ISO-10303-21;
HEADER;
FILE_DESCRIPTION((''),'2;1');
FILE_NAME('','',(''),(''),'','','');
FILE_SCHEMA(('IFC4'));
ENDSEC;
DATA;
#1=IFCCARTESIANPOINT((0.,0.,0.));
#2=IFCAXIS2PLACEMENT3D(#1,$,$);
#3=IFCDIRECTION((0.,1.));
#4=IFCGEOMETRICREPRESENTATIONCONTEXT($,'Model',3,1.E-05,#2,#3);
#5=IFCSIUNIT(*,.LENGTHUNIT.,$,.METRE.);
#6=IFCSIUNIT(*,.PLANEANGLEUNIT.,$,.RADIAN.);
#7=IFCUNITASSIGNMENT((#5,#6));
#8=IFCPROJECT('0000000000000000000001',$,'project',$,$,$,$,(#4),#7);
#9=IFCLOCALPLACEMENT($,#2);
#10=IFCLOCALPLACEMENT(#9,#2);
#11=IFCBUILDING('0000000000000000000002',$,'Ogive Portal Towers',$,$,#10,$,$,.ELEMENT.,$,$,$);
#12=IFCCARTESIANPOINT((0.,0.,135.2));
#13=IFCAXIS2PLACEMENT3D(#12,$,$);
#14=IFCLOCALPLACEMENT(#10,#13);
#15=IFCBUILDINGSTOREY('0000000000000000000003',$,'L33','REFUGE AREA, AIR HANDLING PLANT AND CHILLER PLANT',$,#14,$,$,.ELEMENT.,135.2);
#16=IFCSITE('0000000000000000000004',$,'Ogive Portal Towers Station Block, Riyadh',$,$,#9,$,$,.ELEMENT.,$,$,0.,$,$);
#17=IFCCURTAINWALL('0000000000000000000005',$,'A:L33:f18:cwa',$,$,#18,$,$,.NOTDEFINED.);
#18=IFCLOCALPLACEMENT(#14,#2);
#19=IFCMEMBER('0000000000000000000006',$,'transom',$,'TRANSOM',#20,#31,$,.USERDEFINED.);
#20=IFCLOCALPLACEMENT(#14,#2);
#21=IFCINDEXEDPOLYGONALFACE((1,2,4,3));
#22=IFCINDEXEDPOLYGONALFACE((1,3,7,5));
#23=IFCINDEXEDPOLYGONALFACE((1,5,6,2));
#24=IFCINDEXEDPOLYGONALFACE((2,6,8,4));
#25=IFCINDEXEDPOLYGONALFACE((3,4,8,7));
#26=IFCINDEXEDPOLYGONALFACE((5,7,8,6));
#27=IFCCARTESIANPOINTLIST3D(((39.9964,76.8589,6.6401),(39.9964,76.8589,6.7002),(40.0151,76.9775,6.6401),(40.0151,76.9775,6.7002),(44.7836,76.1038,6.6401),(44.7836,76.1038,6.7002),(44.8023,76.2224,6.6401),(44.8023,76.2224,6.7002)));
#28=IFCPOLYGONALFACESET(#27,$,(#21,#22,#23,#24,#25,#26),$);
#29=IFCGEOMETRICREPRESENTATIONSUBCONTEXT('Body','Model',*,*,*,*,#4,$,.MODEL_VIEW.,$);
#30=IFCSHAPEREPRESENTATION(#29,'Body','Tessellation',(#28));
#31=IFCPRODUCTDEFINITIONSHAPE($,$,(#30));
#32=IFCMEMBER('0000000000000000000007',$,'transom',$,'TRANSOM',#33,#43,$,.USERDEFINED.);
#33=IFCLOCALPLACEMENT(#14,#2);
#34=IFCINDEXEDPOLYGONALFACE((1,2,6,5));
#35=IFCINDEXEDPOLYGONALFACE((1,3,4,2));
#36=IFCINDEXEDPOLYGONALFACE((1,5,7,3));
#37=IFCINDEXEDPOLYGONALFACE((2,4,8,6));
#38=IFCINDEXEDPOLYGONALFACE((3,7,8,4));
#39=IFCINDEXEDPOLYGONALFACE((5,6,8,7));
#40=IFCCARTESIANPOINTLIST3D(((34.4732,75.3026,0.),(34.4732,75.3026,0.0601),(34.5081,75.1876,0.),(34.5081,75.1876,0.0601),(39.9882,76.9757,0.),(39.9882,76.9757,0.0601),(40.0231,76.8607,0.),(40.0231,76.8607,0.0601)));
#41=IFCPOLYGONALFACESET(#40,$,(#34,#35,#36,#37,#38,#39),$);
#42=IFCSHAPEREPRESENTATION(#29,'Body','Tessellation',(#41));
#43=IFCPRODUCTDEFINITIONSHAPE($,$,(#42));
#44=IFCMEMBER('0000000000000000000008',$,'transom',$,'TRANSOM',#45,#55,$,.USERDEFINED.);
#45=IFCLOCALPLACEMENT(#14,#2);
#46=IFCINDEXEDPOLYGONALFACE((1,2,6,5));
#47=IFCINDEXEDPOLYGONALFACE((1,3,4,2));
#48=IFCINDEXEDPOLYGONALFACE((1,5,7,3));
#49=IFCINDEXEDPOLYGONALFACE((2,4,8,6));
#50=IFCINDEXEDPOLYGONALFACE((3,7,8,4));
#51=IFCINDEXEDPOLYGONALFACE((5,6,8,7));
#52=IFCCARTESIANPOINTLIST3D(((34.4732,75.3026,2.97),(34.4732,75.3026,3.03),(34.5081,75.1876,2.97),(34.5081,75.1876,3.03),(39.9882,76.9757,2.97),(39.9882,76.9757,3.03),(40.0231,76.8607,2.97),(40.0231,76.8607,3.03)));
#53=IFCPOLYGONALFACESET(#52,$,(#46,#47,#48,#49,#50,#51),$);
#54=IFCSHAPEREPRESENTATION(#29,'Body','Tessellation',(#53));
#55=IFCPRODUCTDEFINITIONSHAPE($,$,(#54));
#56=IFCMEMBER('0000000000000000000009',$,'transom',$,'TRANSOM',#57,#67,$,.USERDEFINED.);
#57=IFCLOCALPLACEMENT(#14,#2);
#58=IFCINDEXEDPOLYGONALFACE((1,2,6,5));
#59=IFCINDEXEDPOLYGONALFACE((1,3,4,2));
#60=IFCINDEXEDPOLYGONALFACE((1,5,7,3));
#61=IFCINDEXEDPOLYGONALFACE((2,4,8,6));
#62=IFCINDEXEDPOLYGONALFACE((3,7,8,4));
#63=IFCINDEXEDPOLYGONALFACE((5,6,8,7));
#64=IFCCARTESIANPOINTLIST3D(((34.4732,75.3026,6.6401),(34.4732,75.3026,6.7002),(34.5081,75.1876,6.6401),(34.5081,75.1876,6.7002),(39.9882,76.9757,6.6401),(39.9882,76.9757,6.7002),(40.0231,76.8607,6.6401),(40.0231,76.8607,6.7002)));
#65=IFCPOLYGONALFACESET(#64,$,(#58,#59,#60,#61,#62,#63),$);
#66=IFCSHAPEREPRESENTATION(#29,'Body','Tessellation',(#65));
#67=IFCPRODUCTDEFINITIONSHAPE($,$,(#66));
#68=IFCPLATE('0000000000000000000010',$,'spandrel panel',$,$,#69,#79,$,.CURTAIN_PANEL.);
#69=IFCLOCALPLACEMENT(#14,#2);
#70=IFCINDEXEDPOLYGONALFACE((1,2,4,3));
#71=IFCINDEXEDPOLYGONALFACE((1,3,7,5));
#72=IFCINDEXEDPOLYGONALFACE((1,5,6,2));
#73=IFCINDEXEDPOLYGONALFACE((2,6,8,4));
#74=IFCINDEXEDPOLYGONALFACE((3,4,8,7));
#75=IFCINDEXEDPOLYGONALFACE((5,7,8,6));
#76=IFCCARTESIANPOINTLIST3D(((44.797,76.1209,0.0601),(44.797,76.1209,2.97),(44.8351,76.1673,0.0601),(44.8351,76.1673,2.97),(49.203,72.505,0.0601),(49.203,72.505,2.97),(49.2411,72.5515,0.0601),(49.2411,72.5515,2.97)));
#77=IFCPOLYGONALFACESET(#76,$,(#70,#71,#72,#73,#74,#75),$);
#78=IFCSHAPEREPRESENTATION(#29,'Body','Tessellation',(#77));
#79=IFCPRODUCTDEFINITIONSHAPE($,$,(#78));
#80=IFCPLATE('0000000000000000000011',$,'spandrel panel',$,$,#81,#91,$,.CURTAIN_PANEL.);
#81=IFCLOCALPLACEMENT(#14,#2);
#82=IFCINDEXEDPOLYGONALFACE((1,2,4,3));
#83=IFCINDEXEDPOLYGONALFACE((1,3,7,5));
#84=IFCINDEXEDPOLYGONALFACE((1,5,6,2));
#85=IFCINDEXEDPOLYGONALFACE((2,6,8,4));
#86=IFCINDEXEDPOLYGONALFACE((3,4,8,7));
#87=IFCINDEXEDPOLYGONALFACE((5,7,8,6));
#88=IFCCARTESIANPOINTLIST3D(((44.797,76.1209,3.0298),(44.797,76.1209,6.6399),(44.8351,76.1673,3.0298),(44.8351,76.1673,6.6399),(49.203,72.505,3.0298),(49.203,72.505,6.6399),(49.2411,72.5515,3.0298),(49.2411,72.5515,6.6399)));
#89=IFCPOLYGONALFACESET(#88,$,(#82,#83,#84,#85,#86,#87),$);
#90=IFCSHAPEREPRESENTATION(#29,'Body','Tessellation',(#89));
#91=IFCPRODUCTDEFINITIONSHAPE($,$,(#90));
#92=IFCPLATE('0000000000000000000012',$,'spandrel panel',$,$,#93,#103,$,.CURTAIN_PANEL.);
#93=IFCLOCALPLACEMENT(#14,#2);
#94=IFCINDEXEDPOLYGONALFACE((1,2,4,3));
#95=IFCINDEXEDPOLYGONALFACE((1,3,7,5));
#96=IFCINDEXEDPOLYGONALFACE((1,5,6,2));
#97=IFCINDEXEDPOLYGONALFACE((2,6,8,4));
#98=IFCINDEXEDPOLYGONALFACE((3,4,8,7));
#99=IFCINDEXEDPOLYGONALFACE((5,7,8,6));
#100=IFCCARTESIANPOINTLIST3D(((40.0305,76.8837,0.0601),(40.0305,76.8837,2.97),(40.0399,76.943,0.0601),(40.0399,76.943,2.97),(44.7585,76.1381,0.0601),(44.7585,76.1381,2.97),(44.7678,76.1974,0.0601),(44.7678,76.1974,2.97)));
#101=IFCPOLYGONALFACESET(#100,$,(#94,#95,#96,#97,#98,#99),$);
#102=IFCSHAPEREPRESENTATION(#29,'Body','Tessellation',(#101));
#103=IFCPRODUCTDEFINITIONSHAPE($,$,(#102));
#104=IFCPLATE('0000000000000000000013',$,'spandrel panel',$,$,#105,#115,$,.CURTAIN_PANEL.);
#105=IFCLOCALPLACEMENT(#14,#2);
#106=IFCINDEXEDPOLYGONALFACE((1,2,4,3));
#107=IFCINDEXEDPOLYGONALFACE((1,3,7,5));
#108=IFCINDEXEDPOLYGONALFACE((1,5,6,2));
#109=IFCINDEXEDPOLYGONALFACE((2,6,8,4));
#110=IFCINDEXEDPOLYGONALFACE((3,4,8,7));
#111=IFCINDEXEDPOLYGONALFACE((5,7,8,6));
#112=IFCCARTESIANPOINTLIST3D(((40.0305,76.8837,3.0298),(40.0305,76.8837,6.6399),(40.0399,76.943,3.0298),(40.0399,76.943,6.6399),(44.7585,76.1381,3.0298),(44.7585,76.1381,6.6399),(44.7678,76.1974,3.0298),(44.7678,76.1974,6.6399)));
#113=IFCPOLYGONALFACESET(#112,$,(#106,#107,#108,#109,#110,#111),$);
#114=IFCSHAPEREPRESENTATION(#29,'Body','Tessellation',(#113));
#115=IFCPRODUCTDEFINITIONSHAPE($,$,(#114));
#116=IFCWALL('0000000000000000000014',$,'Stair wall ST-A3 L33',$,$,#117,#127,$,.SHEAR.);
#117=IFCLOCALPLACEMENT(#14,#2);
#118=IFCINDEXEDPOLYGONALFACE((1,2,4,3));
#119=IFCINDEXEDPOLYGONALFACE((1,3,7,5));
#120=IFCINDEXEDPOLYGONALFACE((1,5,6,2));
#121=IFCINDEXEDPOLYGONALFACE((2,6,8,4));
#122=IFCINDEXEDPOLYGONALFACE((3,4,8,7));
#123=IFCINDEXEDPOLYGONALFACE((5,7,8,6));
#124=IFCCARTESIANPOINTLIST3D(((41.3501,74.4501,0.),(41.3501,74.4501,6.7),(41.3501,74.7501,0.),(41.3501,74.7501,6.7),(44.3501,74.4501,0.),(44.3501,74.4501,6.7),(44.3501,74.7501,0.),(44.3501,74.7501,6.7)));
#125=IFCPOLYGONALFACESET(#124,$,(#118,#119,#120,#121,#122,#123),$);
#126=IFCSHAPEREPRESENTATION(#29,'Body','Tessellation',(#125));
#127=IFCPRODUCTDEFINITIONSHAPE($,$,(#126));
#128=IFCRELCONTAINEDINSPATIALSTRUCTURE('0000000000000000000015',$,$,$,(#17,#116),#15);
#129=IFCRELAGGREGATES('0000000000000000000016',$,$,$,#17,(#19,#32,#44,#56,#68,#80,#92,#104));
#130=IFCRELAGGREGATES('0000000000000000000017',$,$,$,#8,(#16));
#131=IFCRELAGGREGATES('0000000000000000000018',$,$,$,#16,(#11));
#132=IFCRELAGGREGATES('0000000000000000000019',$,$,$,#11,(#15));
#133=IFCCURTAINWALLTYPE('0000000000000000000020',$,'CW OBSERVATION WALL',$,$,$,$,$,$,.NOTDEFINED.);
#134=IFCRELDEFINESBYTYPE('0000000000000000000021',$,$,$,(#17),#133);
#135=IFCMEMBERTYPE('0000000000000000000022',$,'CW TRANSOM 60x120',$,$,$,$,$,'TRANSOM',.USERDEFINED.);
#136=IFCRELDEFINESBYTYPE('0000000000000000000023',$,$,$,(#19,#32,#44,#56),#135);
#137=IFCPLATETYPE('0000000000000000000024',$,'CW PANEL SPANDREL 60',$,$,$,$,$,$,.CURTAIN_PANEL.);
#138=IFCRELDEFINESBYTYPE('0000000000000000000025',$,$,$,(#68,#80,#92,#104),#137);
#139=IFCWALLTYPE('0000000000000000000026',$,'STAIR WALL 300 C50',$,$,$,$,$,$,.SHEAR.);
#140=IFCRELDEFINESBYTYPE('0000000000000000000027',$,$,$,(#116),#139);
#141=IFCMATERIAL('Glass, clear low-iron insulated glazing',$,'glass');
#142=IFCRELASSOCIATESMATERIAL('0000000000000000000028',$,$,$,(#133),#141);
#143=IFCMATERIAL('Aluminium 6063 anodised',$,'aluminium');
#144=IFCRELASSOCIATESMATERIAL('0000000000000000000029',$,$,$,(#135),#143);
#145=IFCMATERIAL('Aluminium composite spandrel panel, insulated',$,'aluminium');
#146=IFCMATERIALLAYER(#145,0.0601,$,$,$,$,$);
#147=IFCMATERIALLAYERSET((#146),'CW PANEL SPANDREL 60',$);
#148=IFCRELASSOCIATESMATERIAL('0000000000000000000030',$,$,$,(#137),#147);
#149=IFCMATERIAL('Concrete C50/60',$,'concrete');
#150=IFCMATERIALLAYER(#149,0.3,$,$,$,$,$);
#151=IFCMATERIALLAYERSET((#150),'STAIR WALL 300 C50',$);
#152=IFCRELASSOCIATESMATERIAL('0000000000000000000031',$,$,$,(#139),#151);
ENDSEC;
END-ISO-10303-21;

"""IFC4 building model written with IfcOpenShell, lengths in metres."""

from ifc_helpers import new_model, si_unit, direction, frame, frame_2d, origin, origin_2d, place, context, subcontext, project, spatial, rectangle, extrude, material, layer, layer_set, material_profile, profile_set, type_object, element, aggregate, save


model = new_model("IFC4")

# Units and contexts
model_context = context("Model", 3, precision=1e-05, world=origin(), true_north=direction((0.0, 1.0)))
body_context = subcontext(model_context, "Body", "Model", "MODEL_VIEW")
ifc_project = project(units=[si_unit("LENGTHUNIT", "METRE"), si_unit("PLANEANGLEUNIT", "RADIAN")], contexts=[model_context])

# Site, building, storey
site_placement = place(None, origin())
site = spatial("IfcSite", under=ifc_project, at=site_placement, Name="Ogive Portal Towers Station Block, Riyadh", CompositionType="ELEMENT", RefElevation=0.0)
building_placement = place(site_placement, origin())
building = spatial("IfcBuilding", under=site, at=building_placement, Name="Ogive Portal Towers", CompositionType="ELEMENT")
storey_placement = place(building_placement, frame((0.0, 0.0, 135.2)))
storey = spatial("IfcBuildingStorey", under=building, at=storey_placement, Name="L33", Description="REFUGE AREA, AIR HANDLING PLANT AND CHILLER PLANT", CompositionType="ELEMENT", Elevation=135.2)

# Curtain wall, members, plates
ifc_material_1 = material(Name="Glass, clear low-iron insulated glazing", Category="glass")
curtain_wall_type = type_object("IfcCurtainWallType", Name="CW OBSERVATION WALL", PredefinedType="NOTDEFINED", material=ifc_material_1)
curtain_wall_placement = place(storey_placement, origin())
curtain_wall = element("IfcCurtainWall", 1, at=curtain_wall_placement, inside=storey, type_object=curtain_wall_type, Name="A:L33:f18:cwa", PredefinedType="NOTDEFINED")
ifc_material_2 = material(Name="Aluminium 6063 anodised", Category="aluminium")
ifc_material_profile_1 = material_profile(ifc_material_2, rectangle(XDim=0.1201, YDim=0.0601, at=origin_2d()), Name="AL 120x60")
ifc_profile_set_1 = profile_set([ifc_material_profile_1], Name="Aluminium 6063 anodised")
member_type_1 = type_object("IfcMemberType", Name="CW TRANSOM 60x120", ElementType="TRANSOM", PredefinedType="USERDEFINED", material=ifc_profile_set_1)
member_1_placement = place(storey_placement, frame((44.793, 76.1631, 6.6702), z_axis=(-0.987787, 0.155807, 0.0), x_axis=(-0.155807, -0.987787, 0.0)))
member_1 = element("IfcMember", 2, at=member_1_placement, type_object=member_type_1, Name="transom", ObjectType="TRANSOM", PredefinedType="USERDEFINED", context=body_context, shape_type="SweptSolid", body=[
    extrude(rectangle(XDim=0.1201, YDim=0.0601, at=origin_2d()), origin(), (0.0, 0.0, 1.0), 4.8464),
])
member_2_placement = place(storey_placement, frame((40.0056, 76.9182, 0.03), z_axis=(-0.956932, -0.290312, 0.0), x_axis=(0.290312, -0.956932, 0.0)))
member_2 = element("IfcMember", 3, at=member_2_placement, type_object=member_type_1, Name="transom", ObjectType="TRANSOM", PredefinedType="USERDEFINED", context=body_context, shape_type="SweptSolid", body=[
    extrude(rectangle(XDim=0.1201, YDim=0.0601, at=origin_2d()), origin(), (0.0, 0.0, 1.0), 5.7632),
])
member_3_placement = place(storey_placement, frame((40.0056, 76.9182, 3.0), z_axis=(-0.956932, -0.290312, 0.0), x_axis=(0.290312, -0.956932, 0.0)))
member_3 = element("IfcMember", 4, at=member_3_placement, type_object=member_type_1, Name="transom", ObjectType="TRANSOM", PredefinedType="USERDEFINED", context=body_context, shape_type="SweptSolid", body=[
    extrude(rectangle(XDim=0.1201, YDim=0.0601, at=origin_2d()), origin(), (0.0, 0.0, 1.0), 5.7632),
])
member_4_placement = place(storey_placement, frame((40.0056, 76.9182, 6.6702), z_axis=(-0.956932, -0.290312, 0.0), x_axis=(0.290312, -0.956932, 0.0)))
member_4 = element("IfcMember", 5, at=member_4_placement, type_object=member_type_1, Name="transom", ObjectType="TRANSOM", PredefinedType="USERDEFINED", context=body_context, shape_type="SweptSolid", body=[
    extrude(rectangle(XDim=0.1201, YDim=0.0601, at=origin_2d()), origin(), (0.0, 0.0, 1.0), 5.7632),
])
ifc_material_3 = material(Name="Aluminium composite spandrel panel, insulated", Category="aluminium")
ifc_layer_1 = layer(ifc_material_3, 0.0601)
ifc_layer_set_1 = layer_set([ifc_layer_1], Name="CW PANEL SPANDREL 60")
plate_type = type_object("IfcPlateType", Name="CW PANEL SPANDREL 60", PredefinedType="CURTAIN_PANEL", material=ifc_layer_set_1)
plate_1_placement = place(storey_placement, frame((47.019, 74.3362, 0.0601), z_axis=(0.0, 0.0, 1.0), x_axis=(-0.77301, 0.634393, 0.0)))
plate_1 = element("IfcPlate", 6, at=plate_1_placement, type_object=plate_type, Name="spandrel panel", PredefinedType="CURTAIN_PANEL", context=body_context, shape_type="SweptSolid", body=[
    extrude(rectangle(XDim=5.6997, YDim=0.0601, at=origin_2d()), origin(), (0.0, 0.0, 1.0), 2.9099),
])
plate_2_placement = place(storey_placement, frame((47.019, 74.3362, 3.0298), z_axis=(0.0, 0.0, 1.0), x_axis=(-0.77301, 0.634393, 0.0)))
plate_2 = element("IfcPlate", 7, at=plate_2_placement, type_object=plate_type, Name="spandrel panel", PredefinedType="CURTAIN_PANEL", context=body_context, shape_type="SweptSolid", body=[
    extrude(rectangle(XDim=5.6997, YDim=0.0601, at=origin_2d()), origin(), (0.0, 0.0, 1.0), 3.6101),
])
plate_3_placement = place(storey_placement, frame((42.3992, 76.5405, 0.0601), z_axis=(0.0, 0.0, 1.0), x_axis=(-0.987792, 0.155777, 0.0)))
plate_3 = element("IfcPlate", 8, at=plate_3_placement, type_object=plate_type, Name="spandrel panel", PredefinedType="CURTAIN_PANEL", context=body_context, shape_type="SweptSolid", body=[
    extrude(rectangle(XDim=4.7864, YDim=0.0601, at=origin_2d()), origin(), (0.0, 0.0, 1.0), 2.9099),
])
plate_4_placement = place(storey_placement, frame((42.3992, 76.5405, 3.0298), z_axis=(0.0, 0.0, 1.0), x_axis=(-0.987792, 0.155777, 0.0)))
plate_4 = element("IfcPlate", 9, at=plate_4_placement, type_object=plate_type, Name="spandrel panel", PredefinedType="CURTAIN_PANEL", context=body_context, shape_type="SweptSolid", body=[
    extrude(rectangle(XDim=4.7864, YDim=0.0601, at=origin_2d()), origin(), (0.0, 0.0, 1.0), 3.6101),
])
aggregate(curtain_wall, [member_1, member_2, member_3, member_4, plate_1, plate_2, plate_3, plate_4])

# Wall
ifc_material_4 = material(Name="Concrete C50/60", Category="concrete")
ifc_layer_2 = layer(ifc_material_4, 0.3)
ifc_layer_set_2 = layer_set([ifc_layer_2], Name="STAIR WALL 300 C50")
wall_type = type_object("IfcWallType", Name="STAIR WALL 300 C50", PredefinedType="SHEAR", material=ifc_layer_set_2)
wall_placement = place(storey_placement, frame((41.3501, 74.6001, 0.0), z_axis=(0.0, 0.0, 1.0), x_axis=(1.0, 0.0, 0.0)))
element("IfcWall", 10, at=wall_placement, inside=storey, type_object=wall_type, Name="Stair wall ST-A3 L33", PredefinedType="SHEAR", context=body_context, shape_type="SweptSolid", body=[
    extrude(rectangle(XDim=3.0, YDim=0.3, at=frame_2d((1.5, 0.0))), origin(), (0.0, 0.0, 1.0), 6.7),
])

save(model, "model.ifc")
